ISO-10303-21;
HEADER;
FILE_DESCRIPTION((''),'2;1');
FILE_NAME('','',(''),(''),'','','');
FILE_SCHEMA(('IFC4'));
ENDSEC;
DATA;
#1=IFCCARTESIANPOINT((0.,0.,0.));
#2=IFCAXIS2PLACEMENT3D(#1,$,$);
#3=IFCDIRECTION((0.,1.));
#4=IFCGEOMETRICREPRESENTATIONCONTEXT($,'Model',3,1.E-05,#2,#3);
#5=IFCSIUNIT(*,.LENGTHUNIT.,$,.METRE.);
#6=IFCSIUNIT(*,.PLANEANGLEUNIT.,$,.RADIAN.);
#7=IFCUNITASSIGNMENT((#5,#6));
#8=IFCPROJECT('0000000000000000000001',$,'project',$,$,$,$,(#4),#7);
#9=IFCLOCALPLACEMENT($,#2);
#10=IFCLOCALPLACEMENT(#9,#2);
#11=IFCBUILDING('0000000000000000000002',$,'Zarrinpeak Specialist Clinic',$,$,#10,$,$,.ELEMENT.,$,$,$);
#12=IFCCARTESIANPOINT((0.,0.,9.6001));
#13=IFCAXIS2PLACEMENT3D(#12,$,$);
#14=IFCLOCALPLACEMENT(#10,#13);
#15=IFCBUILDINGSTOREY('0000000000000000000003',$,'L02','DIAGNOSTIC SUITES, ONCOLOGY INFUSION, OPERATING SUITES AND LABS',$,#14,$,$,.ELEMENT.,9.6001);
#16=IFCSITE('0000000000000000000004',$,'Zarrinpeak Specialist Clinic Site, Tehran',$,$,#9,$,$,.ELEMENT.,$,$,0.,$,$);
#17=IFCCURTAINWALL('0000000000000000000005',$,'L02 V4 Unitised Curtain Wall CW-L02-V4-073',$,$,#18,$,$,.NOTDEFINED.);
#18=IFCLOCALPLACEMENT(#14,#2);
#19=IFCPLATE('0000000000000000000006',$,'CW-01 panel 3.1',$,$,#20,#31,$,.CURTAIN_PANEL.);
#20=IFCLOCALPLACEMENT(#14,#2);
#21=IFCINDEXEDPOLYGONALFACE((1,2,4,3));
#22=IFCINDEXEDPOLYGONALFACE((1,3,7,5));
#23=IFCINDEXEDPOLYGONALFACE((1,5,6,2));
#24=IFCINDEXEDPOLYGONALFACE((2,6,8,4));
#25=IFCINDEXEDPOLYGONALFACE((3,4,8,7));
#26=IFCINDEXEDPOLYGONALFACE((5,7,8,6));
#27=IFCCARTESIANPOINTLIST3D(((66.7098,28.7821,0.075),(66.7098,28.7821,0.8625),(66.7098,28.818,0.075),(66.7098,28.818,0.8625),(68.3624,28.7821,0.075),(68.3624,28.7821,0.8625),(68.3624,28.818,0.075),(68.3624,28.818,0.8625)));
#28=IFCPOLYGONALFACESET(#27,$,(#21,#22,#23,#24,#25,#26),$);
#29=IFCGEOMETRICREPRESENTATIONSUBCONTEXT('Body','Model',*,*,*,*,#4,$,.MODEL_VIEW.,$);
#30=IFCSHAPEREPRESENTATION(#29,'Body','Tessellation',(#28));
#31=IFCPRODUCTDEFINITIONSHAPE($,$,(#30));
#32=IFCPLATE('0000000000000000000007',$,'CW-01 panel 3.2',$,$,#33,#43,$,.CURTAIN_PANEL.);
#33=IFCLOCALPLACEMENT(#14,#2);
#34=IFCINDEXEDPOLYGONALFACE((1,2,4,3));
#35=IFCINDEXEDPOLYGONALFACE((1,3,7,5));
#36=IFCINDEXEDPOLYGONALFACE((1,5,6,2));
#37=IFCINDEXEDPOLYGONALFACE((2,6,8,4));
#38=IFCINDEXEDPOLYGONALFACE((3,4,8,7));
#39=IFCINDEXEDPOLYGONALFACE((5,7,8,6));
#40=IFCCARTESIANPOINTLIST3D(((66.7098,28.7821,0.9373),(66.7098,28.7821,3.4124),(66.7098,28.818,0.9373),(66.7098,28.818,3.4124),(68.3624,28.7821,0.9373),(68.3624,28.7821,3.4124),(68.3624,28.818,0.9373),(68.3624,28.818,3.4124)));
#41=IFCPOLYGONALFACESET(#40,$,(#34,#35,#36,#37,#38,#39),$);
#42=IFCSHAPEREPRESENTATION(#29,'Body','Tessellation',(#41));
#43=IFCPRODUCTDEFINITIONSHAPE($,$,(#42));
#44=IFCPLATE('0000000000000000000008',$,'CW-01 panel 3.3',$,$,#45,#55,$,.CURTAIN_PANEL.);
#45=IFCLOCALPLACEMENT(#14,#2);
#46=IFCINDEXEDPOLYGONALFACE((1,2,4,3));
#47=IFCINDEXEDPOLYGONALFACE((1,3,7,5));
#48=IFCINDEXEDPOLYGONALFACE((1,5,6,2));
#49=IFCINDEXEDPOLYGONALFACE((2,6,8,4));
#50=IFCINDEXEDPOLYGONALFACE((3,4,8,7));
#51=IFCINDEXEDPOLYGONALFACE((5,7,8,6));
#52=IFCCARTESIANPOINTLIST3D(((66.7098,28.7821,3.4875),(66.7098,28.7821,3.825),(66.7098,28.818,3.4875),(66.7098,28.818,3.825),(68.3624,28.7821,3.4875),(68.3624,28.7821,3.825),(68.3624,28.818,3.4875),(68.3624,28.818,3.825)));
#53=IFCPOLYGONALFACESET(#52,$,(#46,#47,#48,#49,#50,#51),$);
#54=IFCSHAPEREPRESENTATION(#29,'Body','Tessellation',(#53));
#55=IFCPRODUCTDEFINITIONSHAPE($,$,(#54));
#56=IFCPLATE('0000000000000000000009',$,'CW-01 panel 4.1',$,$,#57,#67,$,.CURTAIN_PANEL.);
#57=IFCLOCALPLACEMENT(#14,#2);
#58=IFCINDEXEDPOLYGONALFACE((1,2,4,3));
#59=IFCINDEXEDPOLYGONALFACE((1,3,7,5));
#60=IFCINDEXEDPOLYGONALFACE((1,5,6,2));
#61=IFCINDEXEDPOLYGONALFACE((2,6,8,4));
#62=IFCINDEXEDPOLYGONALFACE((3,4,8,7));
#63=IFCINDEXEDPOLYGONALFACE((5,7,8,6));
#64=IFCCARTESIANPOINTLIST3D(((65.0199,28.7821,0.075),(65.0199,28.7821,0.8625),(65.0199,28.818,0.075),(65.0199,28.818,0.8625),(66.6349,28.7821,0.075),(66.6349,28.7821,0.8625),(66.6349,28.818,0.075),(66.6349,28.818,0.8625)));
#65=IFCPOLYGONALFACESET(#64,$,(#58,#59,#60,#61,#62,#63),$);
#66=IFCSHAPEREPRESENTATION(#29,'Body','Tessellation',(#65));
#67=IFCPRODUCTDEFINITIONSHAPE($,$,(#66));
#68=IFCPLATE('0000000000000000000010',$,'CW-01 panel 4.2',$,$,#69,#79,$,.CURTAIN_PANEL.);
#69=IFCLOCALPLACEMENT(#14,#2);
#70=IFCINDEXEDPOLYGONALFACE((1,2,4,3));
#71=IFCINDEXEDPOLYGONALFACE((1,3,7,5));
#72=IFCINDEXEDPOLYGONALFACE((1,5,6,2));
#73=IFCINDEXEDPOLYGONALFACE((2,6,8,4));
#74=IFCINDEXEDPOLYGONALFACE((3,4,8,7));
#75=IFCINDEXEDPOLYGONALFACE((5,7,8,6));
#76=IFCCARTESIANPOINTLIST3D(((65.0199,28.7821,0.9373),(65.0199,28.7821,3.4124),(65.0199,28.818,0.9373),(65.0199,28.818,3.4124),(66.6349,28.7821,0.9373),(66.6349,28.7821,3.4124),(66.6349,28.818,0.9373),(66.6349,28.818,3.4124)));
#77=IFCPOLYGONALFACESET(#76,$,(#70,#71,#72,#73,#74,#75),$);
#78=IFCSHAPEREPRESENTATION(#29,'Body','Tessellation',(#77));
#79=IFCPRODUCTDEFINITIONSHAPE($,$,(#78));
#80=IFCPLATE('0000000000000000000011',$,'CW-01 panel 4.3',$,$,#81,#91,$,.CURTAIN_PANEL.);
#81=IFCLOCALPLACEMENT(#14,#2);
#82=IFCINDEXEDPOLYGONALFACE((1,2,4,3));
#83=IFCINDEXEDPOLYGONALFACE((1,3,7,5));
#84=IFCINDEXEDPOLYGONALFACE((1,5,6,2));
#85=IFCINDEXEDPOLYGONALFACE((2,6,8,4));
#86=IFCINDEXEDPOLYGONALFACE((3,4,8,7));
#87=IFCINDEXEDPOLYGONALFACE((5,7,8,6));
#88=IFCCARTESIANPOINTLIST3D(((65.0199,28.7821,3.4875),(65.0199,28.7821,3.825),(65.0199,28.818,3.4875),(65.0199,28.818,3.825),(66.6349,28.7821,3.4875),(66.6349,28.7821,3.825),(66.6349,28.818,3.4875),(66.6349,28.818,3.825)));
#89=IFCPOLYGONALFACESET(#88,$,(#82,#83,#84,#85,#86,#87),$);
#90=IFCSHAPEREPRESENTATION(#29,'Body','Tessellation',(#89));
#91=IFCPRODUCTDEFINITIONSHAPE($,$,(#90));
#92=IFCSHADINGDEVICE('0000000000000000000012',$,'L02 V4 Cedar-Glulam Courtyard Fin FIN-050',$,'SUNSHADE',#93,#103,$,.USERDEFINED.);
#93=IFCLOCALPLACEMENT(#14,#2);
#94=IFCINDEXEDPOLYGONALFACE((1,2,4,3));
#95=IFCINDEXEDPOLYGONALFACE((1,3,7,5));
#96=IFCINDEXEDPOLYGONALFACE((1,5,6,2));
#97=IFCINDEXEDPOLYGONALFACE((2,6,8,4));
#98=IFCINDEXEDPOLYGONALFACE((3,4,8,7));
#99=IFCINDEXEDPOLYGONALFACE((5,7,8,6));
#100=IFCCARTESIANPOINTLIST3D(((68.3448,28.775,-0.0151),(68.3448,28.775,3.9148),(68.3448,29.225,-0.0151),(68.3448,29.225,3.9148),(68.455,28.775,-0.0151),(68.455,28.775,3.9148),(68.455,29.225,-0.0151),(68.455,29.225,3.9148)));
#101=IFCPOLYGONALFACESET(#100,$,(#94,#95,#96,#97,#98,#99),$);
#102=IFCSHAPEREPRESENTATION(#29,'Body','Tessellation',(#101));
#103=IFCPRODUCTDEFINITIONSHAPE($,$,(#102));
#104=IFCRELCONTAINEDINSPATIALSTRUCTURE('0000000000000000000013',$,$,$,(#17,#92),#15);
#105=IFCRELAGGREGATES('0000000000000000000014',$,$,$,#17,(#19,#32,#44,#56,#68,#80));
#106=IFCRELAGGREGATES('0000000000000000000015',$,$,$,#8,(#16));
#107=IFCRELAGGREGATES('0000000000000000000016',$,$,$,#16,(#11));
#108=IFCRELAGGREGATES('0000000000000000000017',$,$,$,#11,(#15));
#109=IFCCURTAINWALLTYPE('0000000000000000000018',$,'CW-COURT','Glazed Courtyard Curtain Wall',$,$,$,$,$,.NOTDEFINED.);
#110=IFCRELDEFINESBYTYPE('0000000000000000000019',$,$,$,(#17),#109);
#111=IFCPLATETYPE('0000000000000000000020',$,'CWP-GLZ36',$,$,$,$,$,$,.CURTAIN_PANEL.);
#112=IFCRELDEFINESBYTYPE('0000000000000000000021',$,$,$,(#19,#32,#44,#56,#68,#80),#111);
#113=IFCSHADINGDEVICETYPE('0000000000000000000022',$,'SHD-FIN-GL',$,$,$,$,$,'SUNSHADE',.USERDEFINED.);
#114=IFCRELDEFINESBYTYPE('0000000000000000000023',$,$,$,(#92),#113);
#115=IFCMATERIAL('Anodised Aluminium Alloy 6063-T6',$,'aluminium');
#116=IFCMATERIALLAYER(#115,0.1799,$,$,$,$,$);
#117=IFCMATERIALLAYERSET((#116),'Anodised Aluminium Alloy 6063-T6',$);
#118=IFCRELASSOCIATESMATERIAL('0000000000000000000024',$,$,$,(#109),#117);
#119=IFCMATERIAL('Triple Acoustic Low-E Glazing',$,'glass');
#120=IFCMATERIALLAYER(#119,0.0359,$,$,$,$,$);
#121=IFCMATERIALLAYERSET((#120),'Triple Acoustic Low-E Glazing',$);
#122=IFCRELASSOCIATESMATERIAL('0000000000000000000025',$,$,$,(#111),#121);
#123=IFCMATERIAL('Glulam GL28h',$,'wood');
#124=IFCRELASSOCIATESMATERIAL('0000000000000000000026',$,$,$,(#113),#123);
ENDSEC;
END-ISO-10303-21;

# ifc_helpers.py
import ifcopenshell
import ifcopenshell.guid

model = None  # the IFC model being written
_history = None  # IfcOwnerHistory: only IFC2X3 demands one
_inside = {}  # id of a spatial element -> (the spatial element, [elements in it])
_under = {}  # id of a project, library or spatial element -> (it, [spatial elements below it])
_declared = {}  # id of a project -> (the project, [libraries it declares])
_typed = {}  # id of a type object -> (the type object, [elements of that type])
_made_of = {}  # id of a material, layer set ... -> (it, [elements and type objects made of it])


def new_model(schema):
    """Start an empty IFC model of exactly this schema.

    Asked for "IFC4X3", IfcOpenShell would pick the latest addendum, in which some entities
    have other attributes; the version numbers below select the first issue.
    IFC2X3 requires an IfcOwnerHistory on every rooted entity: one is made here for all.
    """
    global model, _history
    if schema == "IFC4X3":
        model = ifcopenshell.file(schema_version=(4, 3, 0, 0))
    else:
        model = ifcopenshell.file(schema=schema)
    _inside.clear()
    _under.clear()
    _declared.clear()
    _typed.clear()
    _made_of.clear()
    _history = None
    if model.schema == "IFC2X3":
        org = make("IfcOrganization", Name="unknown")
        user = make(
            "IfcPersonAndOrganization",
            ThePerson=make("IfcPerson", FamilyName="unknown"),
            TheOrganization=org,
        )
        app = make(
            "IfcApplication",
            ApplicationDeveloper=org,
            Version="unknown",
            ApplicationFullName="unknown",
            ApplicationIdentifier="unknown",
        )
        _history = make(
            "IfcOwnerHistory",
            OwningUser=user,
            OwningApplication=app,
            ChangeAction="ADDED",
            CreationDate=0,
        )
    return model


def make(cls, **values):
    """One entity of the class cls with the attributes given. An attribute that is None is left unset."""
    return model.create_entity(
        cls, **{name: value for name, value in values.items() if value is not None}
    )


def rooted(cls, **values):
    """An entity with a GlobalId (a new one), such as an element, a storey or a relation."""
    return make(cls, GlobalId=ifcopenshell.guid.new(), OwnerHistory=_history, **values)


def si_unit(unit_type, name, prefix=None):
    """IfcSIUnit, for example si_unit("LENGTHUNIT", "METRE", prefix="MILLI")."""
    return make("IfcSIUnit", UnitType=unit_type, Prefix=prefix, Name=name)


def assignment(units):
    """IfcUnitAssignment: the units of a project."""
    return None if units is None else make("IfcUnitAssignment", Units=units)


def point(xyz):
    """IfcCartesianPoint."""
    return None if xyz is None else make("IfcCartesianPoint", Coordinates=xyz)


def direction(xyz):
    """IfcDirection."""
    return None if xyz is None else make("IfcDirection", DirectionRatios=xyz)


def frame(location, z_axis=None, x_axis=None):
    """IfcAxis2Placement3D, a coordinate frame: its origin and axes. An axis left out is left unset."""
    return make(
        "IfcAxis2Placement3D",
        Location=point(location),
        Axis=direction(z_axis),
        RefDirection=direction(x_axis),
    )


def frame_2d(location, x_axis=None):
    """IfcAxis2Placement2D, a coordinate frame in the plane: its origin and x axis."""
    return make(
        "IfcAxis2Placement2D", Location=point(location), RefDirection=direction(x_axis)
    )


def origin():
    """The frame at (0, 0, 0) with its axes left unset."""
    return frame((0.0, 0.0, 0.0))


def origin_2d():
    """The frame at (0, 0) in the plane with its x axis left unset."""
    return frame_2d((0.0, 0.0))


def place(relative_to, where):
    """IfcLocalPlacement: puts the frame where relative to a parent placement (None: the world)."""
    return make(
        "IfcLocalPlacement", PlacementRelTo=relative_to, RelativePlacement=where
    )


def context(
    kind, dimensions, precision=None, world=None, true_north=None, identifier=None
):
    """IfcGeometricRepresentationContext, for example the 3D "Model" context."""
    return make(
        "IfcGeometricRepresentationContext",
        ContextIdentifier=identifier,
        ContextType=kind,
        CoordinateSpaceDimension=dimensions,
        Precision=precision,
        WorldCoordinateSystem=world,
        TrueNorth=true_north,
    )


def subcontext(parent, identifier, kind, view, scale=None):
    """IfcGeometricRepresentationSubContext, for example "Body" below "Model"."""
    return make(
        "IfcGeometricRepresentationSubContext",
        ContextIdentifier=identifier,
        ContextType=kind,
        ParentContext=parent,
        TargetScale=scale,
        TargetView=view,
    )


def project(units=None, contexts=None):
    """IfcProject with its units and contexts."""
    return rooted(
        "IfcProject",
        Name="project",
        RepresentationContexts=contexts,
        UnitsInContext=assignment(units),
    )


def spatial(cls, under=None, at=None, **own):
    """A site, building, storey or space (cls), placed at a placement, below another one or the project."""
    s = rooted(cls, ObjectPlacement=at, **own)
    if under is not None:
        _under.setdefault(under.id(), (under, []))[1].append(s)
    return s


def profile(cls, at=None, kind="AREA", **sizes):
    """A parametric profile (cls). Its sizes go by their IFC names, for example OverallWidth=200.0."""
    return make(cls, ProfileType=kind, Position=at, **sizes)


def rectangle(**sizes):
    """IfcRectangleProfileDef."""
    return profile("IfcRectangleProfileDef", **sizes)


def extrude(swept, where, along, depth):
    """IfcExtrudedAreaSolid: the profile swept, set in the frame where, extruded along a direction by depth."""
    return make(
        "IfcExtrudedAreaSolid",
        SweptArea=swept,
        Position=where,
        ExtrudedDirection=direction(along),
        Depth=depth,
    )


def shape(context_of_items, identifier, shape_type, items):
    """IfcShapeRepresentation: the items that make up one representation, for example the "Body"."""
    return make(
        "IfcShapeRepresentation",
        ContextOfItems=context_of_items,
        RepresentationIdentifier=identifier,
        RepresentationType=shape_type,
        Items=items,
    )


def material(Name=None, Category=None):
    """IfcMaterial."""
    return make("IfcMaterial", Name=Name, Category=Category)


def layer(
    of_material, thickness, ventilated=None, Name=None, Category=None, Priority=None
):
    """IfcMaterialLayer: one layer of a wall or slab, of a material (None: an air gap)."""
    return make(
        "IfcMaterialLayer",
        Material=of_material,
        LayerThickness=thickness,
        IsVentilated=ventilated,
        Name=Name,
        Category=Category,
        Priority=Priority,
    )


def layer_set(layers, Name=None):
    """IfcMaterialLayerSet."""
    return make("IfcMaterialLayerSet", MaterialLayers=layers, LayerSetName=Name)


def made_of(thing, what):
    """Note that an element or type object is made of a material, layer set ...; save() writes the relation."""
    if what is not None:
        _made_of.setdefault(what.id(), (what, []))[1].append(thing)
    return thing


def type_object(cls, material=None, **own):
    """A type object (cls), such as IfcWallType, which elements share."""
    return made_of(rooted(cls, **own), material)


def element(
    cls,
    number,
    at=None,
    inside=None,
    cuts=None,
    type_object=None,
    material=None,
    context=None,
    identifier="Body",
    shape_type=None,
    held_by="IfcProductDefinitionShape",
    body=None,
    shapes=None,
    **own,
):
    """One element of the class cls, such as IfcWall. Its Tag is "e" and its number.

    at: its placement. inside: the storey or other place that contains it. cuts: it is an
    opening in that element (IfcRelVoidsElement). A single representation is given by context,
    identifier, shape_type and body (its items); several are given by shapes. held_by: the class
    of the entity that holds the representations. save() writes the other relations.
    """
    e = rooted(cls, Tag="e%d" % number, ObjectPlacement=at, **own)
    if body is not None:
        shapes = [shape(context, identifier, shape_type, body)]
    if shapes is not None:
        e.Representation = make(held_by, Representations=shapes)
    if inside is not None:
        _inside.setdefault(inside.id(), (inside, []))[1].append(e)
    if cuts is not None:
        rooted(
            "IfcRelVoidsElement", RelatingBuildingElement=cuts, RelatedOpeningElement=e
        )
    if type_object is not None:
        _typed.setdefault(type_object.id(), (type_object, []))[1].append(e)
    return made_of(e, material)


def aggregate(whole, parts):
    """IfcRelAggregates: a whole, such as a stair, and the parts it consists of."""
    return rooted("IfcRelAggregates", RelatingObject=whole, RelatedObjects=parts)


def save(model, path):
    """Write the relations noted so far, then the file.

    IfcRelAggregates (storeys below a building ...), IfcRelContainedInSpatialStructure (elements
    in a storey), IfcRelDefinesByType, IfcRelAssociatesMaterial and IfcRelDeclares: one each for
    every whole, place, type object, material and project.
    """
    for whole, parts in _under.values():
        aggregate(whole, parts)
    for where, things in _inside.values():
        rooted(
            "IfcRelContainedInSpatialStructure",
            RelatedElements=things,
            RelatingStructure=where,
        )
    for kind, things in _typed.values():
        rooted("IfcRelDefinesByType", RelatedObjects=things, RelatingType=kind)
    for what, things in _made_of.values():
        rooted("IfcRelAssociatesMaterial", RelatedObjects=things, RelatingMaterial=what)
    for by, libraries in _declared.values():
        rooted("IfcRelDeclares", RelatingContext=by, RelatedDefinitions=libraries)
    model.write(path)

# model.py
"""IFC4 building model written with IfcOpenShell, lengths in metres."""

from ifc_helpers import new_model, si_unit, direction, frame, origin, origin_2d, place, context, subcontext, project, spatial, rectangle, extrude, material, layer, layer_set, type_object, element, aggregate, save


model = new_model("IFC4")

# Units and contexts
model_context = context("Model", 3, precision=1e-05, world=origin(), true_north=direction((0.0, 1.0)))
body_context = subcontext(model_context, "Body", "Model", "MODEL_VIEW")
ifc_project = project(units=[si_unit("LENGTHUNIT", "METRE"), si_unit("PLANEANGLEUNIT", "RADIAN")], contexts=[model_context])

# Site, building, storey
site_placement = place(None, origin())
site = spatial("IfcSite", under=ifc_project, at=site_placement, Name="Zarrinpeak Specialist Clinic Site, Tehran", CompositionType="ELEMENT", RefElevation=0.0)
building_placement = place(site_placement, origin())
building = spatial("IfcBuilding", under=site, at=building_placement, Name="Zarrinpeak Specialist Clinic", CompositionType="ELEMENT")
storey_placement = place(building_placement, frame((0.0, 0.0, 9.6001)))
storey = spatial("IfcBuildingStorey", under=building, at=storey_placement, Name="L02", Description="DIAGNOSTIC SUITES, ONCOLOGY INFUSION, OPERATING SUITES AND LABS", CompositionType="ELEMENT", Elevation=9.6001)

# Curtain wall, plates
ifc_material_1 = material(Name="Anodised Aluminium Alloy 6063-T6", Category="aluminium")
ifc_layer_1 = layer(ifc_material_1, 0.1799)
ifc_layer_set_1 = layer_set([ifc_layer_1], Name="Anodised Aluminium Alloy 6063-T6")
curtain_wall_type = type_object("IfcCurtainWallType", Name="CW-COURT", Description="Glazed Courtyard Curtain Wall", PredefinedType="NOTDEFINED", material=ifc_layer_set_1)
curtain_wall_placement = place(storey_placement, origin())
curtain_wall = element("IfcCurtainWall", 1, at=curtain_wall_placement, inside=storey, type_object=curtain_wall_type, Name="L02 V4 Unitised Curtain Wall CW-L02-V4-073", PredefinedType="NOTDEFINED")
ifc_material_2 = material(Name="Triple Acoustic Low-E Glazing", Category="glass")
ifc_layer_2 = layer(ifc_material_2, 0.0359)
ifc_layer_set_2 = layer_set([ifc_layer_2], Name="Triple Acoustic Low-E Glazing")
plate_type = type_object("IfcPlateType", Name="CWP-GLZ36", PredefinedType="CURTAIN_PANEL", material=ifc_layer_set_2)
plate_1_placement = place(storey_placement, frame((67.5361, 28.8, 0.075), z_axis=(0.0, 0.0, 1.0), x_axis=(-1.0, 0.0, 0.0)))
plate_1 = element("IfcPlate", 2, at=plate_1_placement, type_object=plate_type, Name="CW-01 panel 3.1", PredefinedType="CURTAIN_PANEL", context=body_context, shape_type="SweptSolid", body=[
    extrude(rectangle(XDim=1.6526, YDim=0.0359, at=origin_2d()), origin(), (0.0, 0.0, 1.0), 0.7876),
])
plate_2_placement = place(storey_placement, frame((67.5361, 28.8, 0.9373), z_axis=(0.0, 0.0, 1.0), x_axis=(-1.0, 0.0, 0.0)))
plate_2 = element("IfcPlate", 3, at=plate_2_placement, type_object=plate_type, Name="CW-01 panel 3.2", PredefinedType="CURTAIN_PANEL", context=body_context, shape_type="SweptSolid", body=[
    extrude(rectangle(XDim=1.6526, YDim=0.0359, at=origin_2d()), origin(), (0.0, 0.0, 1.0), 2.4751),
])
plate_3_placement = place(storey_placement, frame((67.5361, 28.8, 3.4875), z_axis=(0.0, 0.0, 1.0), x_axis=(-1.0, 0.0, 0.0)))
plate_3 = element("IfcPlate", 4, at=plate_3_placement, type_object=plate_type, Name="CW-01 panel 3.3", PredefinedType="CURTAIN_PANEL", context=body_context, shape_type="SweptSolid", body=[
    extrude(rectangle(XDim=1.6526, YDim=0.0359, at=origin_2d()), origin(), (0.0, 0.0, 1.0), 0.3374),
])
plate_4_placement = place(storey_placement, frame((65.8274, 28.8, 0.075), z_axis=(0.0, 0.0, 1.0), x_axis=(-1.0, 0.0, 0.0)))
plate_4 = element("IfcPlate", 5, at=plate_4_placement, type_object=plate_type, Name="CW-01 panel 4.1", PredefinedType="CURTAIN_PANEL", context=body_context, shape_type="SweptSolid", body=[
    extrude(rectangle(XDim=1.615, YDim=0.0359, at=origin_2d()), origin(), (0.0, 0.0, 1.0), 0.7876),
])
plate_5_placement = place(storey_placement, frame((65.8274, 28.8, 0.9373), z_axis=(0.0, 0.0, 1.0), x_axis=(-1.0, 0.0, 0.0)))
plate_5 = element("IfcPlate", 6, at=plate_5_placement, type_object=plate_type, Name="CW-01 panel 4.2", PredefinedType="CURTAIN_PANEL", context=body_context, shape_type="SweptSolid", body=[
    extrude(rectangle(XDim=1.615, YDim=0.0359, at=origin_2d()), origin(), (0.0, 0.0, 1.0), 2.4751),
])
plate_6_placement = place(storey_placement, frame((65.8274, 28.8, 3.4875), z_axis=(0.0, 0.0, 1.0), x_axis=(-1.0, 0.0, 0.0)))
plate_6 = element("IfcPlate", 7, at=plate_6_placement, type_object=plate_type, Name="CW-01 panel 4.3", PredefinedType="CURTAIN_PANEL", context=body_context, shape_type="SweptSolid", body=[
    extrude(rectangle(XDim=1.615, YDim=0.0359, at=origin_2d()), origin(), (0.0, 0.0, 1.0), 0.3374),
])
aggregate(curtain_wall, [plate_1, plate_2, plate_3, plate_4, plate_5, plate_6])

# Shading device
ifc_material_3 = material(Name="Glulam GL28h", Category="wood")
shading_device_type = type_object("IfcShadingDeviceType", Name="SHD-FIN-GL", ElementType="SUNSHADE", PredefinedType="USERDEFINED", material=ifc_material_3)
shading_device_placement = place(storey_placement, frame((68.3999, 29.0, -0.0151), z_axis=(0.0, 0.0, 1.0), x_axis=(1.0, 0.0, 0.0)))
element("IfcShadingDevice", 8, at=shading_device_placement, inside=storey, type_object=shading_device_type, Name="L02 V4 Cedar-Glulam Courtyard Fin FIN-050", ObjectType="SUNSHADE", PredefinedType="USERDEFINED", context=body_context, shape_type="SweptSolid", body=[
    extrude(rectangle(XDim=0.1101, YDim=0.45, at=origin_2d()), origin(), (0.0, 0.0, 1.0), 3.9299),
])

save(model, "model.ifc")
